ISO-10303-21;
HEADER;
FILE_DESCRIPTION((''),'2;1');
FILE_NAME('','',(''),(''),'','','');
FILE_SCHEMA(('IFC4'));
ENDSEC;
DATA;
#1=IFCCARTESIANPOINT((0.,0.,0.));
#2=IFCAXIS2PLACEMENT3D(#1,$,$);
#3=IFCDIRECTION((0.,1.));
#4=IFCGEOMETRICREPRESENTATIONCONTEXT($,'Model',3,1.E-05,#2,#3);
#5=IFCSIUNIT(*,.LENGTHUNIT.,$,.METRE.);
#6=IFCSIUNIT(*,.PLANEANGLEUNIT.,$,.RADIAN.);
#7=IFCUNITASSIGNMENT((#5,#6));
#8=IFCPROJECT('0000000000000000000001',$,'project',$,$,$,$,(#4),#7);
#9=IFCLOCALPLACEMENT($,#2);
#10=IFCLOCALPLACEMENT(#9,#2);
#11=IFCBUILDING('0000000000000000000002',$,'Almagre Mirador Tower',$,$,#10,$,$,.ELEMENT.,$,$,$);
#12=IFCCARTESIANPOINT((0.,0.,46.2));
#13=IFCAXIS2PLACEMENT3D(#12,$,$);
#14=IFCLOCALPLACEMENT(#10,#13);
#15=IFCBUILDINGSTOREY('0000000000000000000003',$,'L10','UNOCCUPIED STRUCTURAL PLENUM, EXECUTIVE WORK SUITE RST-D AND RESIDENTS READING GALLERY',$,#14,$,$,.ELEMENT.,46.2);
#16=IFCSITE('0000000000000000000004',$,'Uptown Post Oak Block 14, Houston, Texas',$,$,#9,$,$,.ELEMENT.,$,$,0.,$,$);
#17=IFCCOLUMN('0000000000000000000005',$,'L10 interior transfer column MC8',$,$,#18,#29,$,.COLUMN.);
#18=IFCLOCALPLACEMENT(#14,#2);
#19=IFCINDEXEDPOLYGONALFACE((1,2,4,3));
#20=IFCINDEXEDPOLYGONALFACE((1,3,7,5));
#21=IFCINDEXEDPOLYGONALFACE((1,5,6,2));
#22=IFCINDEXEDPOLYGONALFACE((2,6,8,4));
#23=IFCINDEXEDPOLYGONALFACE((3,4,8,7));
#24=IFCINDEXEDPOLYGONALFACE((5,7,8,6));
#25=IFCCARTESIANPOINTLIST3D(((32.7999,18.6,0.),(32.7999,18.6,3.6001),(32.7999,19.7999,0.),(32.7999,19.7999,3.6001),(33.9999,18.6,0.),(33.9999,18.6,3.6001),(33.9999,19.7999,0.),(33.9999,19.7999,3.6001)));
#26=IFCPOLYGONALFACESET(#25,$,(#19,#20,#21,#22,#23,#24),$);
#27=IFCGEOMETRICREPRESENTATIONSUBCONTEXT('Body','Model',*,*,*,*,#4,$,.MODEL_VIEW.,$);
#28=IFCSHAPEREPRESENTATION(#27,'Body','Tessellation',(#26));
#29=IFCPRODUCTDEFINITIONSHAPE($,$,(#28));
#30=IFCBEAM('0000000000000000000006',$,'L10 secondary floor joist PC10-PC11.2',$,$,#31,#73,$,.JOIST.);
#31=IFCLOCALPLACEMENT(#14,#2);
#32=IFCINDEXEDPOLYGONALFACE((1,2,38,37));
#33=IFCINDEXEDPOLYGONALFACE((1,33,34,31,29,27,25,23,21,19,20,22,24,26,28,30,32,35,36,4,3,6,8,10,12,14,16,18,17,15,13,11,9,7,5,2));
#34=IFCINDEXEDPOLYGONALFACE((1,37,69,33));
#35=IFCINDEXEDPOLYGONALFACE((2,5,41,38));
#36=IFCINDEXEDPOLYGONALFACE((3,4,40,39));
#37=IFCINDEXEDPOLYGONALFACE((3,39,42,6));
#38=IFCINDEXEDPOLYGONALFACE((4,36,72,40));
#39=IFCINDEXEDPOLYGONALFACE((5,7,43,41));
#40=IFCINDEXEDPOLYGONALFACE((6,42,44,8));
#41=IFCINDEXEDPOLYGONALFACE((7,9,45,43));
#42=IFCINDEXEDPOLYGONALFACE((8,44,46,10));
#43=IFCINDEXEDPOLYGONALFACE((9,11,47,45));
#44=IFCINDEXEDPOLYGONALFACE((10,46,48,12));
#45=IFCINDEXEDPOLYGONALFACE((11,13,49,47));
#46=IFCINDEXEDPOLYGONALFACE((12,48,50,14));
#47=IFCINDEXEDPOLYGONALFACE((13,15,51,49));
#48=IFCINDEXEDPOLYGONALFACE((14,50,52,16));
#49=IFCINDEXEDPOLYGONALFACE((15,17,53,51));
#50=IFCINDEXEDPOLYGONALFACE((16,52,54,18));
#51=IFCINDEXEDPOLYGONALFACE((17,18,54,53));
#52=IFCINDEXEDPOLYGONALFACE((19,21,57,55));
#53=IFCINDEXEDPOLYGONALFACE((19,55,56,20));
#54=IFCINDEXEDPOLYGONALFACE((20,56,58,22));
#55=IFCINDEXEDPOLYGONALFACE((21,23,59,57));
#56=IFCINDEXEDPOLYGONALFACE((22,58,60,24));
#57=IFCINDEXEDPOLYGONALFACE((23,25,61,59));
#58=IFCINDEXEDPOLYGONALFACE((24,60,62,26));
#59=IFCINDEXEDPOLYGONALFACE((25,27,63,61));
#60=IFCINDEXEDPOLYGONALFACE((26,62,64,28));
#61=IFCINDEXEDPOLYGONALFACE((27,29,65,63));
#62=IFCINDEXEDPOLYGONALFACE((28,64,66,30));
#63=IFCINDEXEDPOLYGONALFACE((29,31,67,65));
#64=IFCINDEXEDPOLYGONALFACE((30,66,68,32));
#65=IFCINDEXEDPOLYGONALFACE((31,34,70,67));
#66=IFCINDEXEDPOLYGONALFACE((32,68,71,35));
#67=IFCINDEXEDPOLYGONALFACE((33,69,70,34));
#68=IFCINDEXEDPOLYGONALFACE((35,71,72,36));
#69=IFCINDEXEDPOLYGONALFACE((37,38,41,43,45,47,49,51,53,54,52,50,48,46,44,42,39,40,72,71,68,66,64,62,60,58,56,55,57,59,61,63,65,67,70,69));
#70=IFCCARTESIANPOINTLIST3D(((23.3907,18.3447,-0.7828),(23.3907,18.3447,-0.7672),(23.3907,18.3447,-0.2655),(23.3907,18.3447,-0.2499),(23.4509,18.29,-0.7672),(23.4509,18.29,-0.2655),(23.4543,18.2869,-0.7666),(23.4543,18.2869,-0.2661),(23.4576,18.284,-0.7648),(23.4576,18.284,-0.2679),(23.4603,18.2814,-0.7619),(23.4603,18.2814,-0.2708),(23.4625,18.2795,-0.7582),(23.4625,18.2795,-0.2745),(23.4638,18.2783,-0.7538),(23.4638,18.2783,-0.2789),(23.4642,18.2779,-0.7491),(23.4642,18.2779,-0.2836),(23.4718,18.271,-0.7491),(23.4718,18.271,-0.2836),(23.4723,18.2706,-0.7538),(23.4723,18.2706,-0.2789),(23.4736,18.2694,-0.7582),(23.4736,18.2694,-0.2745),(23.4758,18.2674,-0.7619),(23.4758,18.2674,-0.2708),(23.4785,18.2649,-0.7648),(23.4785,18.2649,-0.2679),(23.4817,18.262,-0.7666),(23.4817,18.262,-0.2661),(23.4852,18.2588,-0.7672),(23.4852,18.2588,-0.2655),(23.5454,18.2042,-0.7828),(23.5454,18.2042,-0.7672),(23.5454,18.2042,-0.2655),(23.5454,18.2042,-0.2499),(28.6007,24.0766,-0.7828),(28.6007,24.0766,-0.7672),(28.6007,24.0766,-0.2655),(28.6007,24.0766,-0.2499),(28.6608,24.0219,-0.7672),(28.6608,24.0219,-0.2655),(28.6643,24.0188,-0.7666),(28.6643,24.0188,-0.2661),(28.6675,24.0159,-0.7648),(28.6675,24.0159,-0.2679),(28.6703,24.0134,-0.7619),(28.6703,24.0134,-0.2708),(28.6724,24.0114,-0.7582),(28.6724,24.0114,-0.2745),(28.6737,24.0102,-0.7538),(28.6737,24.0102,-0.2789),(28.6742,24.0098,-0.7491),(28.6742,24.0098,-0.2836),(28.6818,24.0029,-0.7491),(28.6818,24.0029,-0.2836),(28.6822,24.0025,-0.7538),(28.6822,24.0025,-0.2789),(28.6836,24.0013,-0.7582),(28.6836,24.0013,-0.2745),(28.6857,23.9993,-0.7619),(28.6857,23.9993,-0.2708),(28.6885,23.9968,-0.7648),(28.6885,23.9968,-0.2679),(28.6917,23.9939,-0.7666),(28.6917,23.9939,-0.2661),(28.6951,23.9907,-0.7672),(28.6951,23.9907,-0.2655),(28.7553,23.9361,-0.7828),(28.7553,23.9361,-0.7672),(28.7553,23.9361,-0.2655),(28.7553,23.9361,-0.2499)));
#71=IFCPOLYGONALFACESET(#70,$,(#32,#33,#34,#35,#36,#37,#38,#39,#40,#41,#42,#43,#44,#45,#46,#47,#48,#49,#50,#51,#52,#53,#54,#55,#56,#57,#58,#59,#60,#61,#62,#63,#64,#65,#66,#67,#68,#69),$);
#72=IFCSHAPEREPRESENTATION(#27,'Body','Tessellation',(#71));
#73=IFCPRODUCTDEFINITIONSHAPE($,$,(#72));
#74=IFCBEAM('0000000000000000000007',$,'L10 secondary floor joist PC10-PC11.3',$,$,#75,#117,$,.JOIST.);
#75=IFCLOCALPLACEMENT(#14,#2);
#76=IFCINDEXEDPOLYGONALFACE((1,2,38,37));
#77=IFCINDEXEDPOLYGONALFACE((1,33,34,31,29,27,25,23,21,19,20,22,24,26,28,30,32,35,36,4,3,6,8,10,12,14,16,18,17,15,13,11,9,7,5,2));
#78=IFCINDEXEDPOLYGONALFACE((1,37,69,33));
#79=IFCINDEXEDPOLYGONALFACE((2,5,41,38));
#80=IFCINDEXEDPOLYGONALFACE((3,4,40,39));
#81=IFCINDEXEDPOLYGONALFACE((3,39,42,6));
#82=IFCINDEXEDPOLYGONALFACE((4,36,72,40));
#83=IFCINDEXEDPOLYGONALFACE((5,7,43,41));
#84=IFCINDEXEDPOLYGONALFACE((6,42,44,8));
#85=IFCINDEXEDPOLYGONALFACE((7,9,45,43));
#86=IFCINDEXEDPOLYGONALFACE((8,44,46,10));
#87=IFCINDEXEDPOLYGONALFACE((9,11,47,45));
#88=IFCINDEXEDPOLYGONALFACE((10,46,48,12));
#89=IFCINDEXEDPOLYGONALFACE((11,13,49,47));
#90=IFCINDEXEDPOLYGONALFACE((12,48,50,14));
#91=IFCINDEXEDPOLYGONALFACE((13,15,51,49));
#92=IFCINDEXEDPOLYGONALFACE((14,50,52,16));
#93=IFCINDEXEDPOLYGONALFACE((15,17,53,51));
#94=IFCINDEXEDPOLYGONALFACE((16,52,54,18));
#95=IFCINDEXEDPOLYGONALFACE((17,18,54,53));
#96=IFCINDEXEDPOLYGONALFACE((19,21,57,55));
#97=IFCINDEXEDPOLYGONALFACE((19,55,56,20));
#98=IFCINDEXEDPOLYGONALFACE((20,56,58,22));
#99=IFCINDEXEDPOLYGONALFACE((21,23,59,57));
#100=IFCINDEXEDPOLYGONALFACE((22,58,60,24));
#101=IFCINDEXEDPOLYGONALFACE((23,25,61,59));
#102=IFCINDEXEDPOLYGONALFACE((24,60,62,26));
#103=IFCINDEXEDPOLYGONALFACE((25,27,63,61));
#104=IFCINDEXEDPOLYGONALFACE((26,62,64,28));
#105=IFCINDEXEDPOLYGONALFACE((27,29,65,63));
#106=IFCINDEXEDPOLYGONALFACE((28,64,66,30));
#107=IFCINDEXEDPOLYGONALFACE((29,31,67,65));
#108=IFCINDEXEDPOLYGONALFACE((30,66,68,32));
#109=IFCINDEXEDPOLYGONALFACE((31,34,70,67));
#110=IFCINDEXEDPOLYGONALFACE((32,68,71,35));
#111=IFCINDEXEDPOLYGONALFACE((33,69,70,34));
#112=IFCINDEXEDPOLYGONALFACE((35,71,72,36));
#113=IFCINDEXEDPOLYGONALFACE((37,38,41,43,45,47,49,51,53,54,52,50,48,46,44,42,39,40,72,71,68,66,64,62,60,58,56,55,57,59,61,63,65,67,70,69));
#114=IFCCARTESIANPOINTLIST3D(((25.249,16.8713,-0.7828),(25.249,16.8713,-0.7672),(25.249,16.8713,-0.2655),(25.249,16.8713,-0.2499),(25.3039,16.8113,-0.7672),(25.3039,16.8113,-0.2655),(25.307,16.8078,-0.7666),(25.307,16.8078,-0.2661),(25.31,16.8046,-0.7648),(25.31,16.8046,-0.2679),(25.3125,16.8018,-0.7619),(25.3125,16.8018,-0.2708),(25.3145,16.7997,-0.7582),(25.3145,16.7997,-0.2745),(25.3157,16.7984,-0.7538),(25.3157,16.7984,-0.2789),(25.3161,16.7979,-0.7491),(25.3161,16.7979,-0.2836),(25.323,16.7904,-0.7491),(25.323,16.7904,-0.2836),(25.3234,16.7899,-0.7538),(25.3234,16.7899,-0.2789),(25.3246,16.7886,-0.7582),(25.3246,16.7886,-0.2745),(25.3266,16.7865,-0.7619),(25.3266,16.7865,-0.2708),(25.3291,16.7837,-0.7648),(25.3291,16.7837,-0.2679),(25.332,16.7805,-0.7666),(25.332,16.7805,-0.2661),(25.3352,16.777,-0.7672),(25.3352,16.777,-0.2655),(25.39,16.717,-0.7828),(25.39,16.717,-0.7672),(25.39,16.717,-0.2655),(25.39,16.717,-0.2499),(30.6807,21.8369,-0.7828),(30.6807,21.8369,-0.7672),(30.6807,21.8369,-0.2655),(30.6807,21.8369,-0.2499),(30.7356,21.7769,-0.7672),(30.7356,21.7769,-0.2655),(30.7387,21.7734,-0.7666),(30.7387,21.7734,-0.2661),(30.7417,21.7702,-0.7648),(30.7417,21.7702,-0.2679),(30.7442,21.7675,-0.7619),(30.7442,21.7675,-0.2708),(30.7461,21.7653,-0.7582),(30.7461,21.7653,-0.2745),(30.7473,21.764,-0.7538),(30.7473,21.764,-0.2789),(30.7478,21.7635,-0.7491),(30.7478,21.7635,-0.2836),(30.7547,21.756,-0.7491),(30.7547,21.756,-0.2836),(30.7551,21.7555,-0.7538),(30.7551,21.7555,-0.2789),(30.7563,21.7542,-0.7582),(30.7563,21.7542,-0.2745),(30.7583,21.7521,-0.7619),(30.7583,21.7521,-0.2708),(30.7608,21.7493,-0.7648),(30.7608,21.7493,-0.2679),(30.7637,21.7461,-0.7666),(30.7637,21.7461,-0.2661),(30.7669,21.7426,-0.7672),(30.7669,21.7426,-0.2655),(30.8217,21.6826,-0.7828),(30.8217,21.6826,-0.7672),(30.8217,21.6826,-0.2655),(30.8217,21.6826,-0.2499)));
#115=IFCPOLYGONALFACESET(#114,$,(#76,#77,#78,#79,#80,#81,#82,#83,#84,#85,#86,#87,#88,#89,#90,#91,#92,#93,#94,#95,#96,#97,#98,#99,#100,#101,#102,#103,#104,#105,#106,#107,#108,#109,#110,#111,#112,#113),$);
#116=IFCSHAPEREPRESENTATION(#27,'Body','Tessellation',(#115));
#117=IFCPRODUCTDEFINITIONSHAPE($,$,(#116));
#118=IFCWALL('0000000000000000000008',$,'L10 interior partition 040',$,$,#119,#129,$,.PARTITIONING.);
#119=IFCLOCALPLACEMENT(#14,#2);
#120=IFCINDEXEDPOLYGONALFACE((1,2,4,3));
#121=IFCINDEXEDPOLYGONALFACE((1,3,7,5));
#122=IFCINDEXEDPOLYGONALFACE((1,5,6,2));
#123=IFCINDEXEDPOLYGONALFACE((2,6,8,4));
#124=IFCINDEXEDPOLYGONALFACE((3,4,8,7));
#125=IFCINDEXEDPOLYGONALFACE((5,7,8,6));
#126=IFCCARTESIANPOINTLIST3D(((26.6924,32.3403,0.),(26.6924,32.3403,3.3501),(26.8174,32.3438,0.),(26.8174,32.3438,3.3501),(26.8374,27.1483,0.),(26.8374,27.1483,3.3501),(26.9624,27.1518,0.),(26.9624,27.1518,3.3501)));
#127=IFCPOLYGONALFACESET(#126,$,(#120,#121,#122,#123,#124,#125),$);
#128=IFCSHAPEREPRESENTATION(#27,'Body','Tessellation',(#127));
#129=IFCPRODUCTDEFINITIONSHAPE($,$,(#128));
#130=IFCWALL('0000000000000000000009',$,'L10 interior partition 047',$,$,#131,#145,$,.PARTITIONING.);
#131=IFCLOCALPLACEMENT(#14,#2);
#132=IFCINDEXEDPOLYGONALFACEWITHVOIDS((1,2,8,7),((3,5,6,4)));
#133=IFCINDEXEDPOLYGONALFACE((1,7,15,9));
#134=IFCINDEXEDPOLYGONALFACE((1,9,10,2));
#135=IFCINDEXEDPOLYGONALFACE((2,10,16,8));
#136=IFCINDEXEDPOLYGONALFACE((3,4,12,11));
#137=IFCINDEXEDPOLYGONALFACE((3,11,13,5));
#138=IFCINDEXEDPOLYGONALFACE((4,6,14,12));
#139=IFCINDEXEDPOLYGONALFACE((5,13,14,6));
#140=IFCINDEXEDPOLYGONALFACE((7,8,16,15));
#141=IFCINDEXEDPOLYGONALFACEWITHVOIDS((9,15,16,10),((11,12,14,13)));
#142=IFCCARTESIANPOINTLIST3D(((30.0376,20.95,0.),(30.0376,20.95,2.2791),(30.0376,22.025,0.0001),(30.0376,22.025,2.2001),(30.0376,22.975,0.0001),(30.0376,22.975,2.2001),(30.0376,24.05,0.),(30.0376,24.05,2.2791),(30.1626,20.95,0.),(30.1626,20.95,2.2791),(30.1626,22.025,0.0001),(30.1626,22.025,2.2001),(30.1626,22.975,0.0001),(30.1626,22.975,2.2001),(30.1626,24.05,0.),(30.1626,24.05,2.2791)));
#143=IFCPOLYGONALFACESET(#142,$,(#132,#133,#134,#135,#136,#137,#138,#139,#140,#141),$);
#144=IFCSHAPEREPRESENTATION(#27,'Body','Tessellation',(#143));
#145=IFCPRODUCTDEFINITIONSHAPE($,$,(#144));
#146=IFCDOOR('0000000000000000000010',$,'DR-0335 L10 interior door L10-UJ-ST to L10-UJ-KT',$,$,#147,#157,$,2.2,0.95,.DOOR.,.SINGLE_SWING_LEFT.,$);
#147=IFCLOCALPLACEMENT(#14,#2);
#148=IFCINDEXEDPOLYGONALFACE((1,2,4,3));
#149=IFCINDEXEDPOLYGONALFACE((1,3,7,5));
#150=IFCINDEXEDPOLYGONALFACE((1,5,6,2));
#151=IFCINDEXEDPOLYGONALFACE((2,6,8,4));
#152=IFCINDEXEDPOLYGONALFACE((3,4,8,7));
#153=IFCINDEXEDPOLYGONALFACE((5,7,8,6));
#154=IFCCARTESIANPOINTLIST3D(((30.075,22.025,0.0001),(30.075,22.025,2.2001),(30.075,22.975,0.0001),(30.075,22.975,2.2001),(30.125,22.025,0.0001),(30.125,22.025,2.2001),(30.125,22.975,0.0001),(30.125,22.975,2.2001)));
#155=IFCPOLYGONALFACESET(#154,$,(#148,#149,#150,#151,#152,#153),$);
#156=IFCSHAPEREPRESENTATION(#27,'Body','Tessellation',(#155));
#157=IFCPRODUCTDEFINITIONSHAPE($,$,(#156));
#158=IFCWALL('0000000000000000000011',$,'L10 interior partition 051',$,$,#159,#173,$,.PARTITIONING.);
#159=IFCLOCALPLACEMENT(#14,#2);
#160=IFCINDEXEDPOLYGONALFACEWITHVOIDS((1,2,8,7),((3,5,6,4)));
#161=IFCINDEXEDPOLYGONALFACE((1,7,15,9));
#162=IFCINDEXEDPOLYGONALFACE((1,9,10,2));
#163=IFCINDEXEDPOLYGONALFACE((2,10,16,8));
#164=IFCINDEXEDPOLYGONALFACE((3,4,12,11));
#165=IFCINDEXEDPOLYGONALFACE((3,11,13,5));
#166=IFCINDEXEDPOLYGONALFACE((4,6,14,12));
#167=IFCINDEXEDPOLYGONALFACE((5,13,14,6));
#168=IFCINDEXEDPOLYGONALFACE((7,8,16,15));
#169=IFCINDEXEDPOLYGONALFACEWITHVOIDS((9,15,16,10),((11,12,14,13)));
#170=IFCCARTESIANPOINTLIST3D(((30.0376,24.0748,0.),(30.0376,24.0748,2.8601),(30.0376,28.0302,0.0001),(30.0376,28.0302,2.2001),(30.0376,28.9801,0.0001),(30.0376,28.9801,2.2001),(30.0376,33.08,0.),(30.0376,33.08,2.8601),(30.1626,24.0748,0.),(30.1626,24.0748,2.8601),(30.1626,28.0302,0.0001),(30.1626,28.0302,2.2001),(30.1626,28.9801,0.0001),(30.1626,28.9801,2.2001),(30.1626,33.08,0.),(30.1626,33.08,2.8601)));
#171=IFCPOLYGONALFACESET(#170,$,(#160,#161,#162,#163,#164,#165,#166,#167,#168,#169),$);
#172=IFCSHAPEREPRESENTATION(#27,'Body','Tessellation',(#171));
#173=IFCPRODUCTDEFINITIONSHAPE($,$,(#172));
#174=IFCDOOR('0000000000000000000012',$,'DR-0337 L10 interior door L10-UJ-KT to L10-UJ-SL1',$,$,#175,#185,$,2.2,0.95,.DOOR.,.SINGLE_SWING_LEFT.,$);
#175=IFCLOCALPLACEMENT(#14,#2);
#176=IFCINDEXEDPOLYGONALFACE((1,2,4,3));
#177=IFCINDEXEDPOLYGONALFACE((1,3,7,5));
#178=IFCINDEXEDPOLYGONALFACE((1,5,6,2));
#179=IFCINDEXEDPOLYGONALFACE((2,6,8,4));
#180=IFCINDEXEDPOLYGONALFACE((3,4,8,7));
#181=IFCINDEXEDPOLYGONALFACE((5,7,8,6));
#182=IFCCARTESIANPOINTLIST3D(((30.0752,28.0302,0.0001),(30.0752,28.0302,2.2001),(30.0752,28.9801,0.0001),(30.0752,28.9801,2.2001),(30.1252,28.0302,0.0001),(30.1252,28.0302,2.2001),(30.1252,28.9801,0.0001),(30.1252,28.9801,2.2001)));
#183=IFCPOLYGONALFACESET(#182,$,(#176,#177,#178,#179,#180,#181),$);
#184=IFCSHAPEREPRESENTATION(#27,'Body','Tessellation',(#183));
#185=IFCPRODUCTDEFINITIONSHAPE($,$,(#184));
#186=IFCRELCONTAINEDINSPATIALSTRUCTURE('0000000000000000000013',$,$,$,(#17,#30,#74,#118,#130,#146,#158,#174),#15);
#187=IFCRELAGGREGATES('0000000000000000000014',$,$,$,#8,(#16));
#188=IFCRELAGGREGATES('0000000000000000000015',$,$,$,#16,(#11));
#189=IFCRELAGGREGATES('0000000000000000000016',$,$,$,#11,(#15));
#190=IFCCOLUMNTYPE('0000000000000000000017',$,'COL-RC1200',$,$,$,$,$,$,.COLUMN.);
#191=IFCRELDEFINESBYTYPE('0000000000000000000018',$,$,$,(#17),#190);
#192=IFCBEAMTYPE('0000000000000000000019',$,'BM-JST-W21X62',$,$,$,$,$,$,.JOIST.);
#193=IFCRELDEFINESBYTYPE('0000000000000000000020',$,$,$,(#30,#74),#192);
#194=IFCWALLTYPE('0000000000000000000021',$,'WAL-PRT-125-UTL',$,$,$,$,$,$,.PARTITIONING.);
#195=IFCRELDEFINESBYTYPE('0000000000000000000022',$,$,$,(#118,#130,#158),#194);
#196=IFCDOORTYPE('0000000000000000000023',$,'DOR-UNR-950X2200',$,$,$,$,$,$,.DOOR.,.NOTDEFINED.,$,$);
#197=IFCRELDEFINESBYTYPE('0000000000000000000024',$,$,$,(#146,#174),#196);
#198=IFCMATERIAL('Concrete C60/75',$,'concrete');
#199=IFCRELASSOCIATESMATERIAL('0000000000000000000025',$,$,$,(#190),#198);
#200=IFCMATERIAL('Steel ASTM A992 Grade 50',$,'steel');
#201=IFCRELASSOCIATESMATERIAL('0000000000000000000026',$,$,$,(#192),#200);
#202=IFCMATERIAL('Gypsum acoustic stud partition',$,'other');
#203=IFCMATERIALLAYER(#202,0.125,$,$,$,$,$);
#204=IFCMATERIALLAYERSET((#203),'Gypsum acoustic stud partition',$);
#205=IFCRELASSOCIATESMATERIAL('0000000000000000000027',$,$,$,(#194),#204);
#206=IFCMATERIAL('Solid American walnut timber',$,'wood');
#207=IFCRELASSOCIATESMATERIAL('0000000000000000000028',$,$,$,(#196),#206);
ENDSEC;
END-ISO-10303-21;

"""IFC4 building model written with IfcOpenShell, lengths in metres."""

from ifc_helpers import new_model, si_unit, direction, frame, frame_2d, origin, origin_2d, place, context, subcontext, project, spatial, rectangle, i_section, extrude, material, layer, layer_set, material_profile, profile_set, type_object, element, fill, save


model = new_model("IFC4")

# Units and contexts
model_context = context("Model", 3, precision=1e-05, world=origin(), true_north=direction((0.0, 1.0)))
body_context = subcontext(model_context, "Body", "Model", "MODEL_VIEW")
ifc_project = project(units=[si_unit("LENGTHUNIT", "METRE"), si_unit("PLANEANGLEUNIT", "RADIAN")], contexts=[model_context])

# Site, building, storey
site_placement = place(None, origin())
site = spatial("IfcSite", under=ifc_project, at=site_placement, Name="Uptown Post Oak Block 14, Houston, Texas", CompositionType="ELEMENT", RefElevation=0.0)
building_placement = place(site_placement, origin())
building = spatial("IfcBuilding", under=site, at=building_placement, Name="Almagre Mirador Tower", CompositionType="ELEMENT")
storey_placement = place(building_placement, frame((0.0, 0.0, 46.2)))
storey = spatial("IfcBuildingStorey", under=building, at=storey_placement, Name="L10", Description="UNOCCUPIED STRUCTURAL PLENUM, EXECUTIVE WORK SUITE RST-D AND RESIDENTS READING GALLERY", CompositionType="ELEMENT", Elevation=46.2)

# Column
ifc_material_1 = material(Name="Concrete C60/75", Category="concrete")
ifc_material_profile_1 = material_profile(ifc_material_1, rectangle(XDim=1.2, YDim=1.2, at=origin_2d()), Name="RC1200X1200")
ifc_profile_set_1 = profile_set([ifc_material_profile_1], Name="Concrete C60/75")
column_type = type_object("IfcColumnType", Name="COL-RC1200", PredefinedType="COLUMN", material=ifc_profile_set_1)
column_placement = place(storey_placement, frame((33.3999, 19.2, 0.0), z_axis=(0.0, 0.0, 1.0), x_axis=(1.0, 0.0, 0.0)))
element("IfcColumn", 1, at=column_placement, inside=storey, type_object=column_type, Name="L10 interior transfer column MC8", PredefinedType="COLUMN", context=body_context, shape_type="SweptSolid", body=[
    extrude(rectangle(XDim=1.2, YDim=1.2, at=origin_2d()), origin(), (0.0, 0.0, 1.0), 3.6001),
])

# Beams
ifc_material_2 = material(Name="Steel ASTM A992 Grade 50", Category="steel")
ifc_material_profile_2 = material_profile(ifc_material_2, i_section(OverallWidth=0.209, OverallDepth=0.533, WebThickness=0.0103, FlangeThickness=0.0156, FilletRadius=0.0181, at=origin_2d()), Name="W21X62")
ifc_profile_set_2 = profile_set([ifc_material_profile_2], Name="Steel ASTM A992 Grade 50")
beam_type = type_object("IfcBeamType", Name="BM-JST-W21X62", PredefinedType="JOIST", material=ifc_profile_set_2)
beam_1_placement = place(storey_placement, frame((28.678, 24.0063, -0.5164), z_axis=(-0.67261, -0.739997, 0.0), x_axis=(0.739997, -0.67261, 0.0)))
element("IfcBeam", 2, at=beam_1_placement, inside=storey, type_object=beam_type, Name="L10 secondary floor joist PC10-PC11.2", PredefinedType="JOIST", context=body_context, shape_type="SweptSolid", body=[
    extrude(i_section(OverallWidth=0.209, OverallDepth=0.533, WebThickness=0.0103, FlangeThickness=0.0156, FilletRadius=0.0181, at=origin_2d()), origin(), (0.0, 0.0, 1.0), 7.7458),
])
beam_2_placement = place(storey_placement, frame((30.7512, 21.7598, -0.5164), z_axis=(-0.738062, -0.674733, 0.0), x_axis=(0.674733, -0.738062, 0.0)))
element("IfcBeam", 3, at=beam_2_placement, inside=storey, type_object=beam_type, Name="L10 secondary floor joist PC10-PC11.3", PredefinedType="JOIST", context=body_context, shape_type="SweptSolid", body=[
    extrude(i_section(OverallWidth=0.209, OverallDepth=0.533, WebThickness=0.0103, FlangeThickness=0.0156, FilletRadius=0.0181, at=origin_2d()), origin(), (0.0, 0.0, 1.0), 7.3594),
])

# Wall
ifc_material_3 = material(Name="Gypsum acoustic stud partition", Category="other")
ifc_layer_1 = layer(ifc_material_3, 0.125)
ifc_layer_set_1 = layer_set([ifc_layer_1], Name="Gypsum acoustic stud partition")
wall_type_1 = type_object("IfcWallType", Name="WAL-PRT-125-UTL", PredefinedType="PARTITIONING", material=ifc_layer_set_1)
wall_1_placement = place(storey_placement, frame((26.8999, 27.1499, 0.0), z_axis=(0.0, 0.0, 1.0), x_axis=(-0.02792, 0.99961, 0.0)))
element("IfcWall", 4, at=wall_1_placement, inside=storey, type_object=wall_type_1, Name="L10 interior partition 040", PredefinedType="PARTITIONING", context=body_context, shape_type="SweptSolid", body=[
    extrude(rectangle(XDim=5.1941, YDim=0.125, at=frame_2d((2.5972, 0.0))), origin(), (0.0, 0.0, 1.0), 3.3501),
])

# Walls, openings, doors
wall_2_placement = place(storey_placement, frame((30.1001, 24.05, 0.0), z_axis=(0.0, 0.0, 1.0), x_axis=(0.0, -1.0, 0.0)))
wall_2 = element("IfcWall", 5, at=wall_2_placement, inside=storey, type_object=wall_type_1, Name="L10 interior partition 047", PredefinedType="PARTITIONING", context=body_context, shape_type="SweptSolid", body=[
    extrude(rectangle(XDim=3.1001, YDim=0.125, at=frame_2d((1.55, 0.0))), origin(), (0.0, 0.0, 1.0), 2.2791),
])
opening_1_placement = place(wall_2_placement, frame((1.075, 0.0, 0.0)))
opening_1 = element("IfcOpeningElement", 6, at=opening_1_placement, cuts=wall_2, PredefinedType="OPENING", context=body_context, shape_type="SweptSolid", body=[
    extrude(rectangle(XDim=0.95, YDim=2.2, at=frame_2d((0.4751, 1.1001))), frame((0.0, 0.0725, 0.0), z_axis=(0.0, -1.0, 0.0), x_axis=(1.0, 0.0, 0.0)), (0.0, 0.0, 1.0), 0.145),
])
ifc_material_4 = material(Name="Solid American walnut timber", Category="wood")
door_type_1 = type_object("IfcDoorType", Name="DOR-UNR-950X2200", OperationType="NOTDEFINED", PredefinedType="DOOR", material=ifc_material_4)
door_1_placement = place(opening_1_placement, origin())
door_1 = element("IfcDoor", 7, at=door_1_placement, inside=storey, type_object=door_type_1, Name="DR-0335 L10 interior door L10-UJ-ST to L10-UJ-KT", OperationType="SINGLE_SWING_LEFT", OverallHeight=2.2, OverallWidth=0.95, PredefinedType="DOOR", context=body_context, shape_type="SweptSolid", body=[
    extrude(rectangle(XDim=0.95, YDim=2.2, at=frame_2d((0.4751, 1.1001))), frame((0.0, 0.0249, 0.0), z_axis=(0.0, -1.0, 0.0), x_axis=(1.0, 0.0, 0.0)), (0.0, 0.0, 1.0), 0.05),
])
fill(opening_1, door_1)
wall_3_placement = place(storey_placement, frame((30.1001, 24.075, 0.0), z_axis=(0.0, 0.0, 1.0), x_axis=(0.0, 1.0, 0.0)))
wall_3 = element("IfcWall", 8, at=wall_3_placement, inside=storey, type_object=wall_type_1, Name="L10 interior partition 051", PredefinedType="PARTITIONING", context=body_context, shape_type="SweptSolid", body=[
    extrude(rectangle(XDim=9.0051, YDim=0.125, at=frame_2d((4.5024, 0.0))), origin(), (0.0, 0.0, 1.0), 2.8601),
])
opening_2_placement = place(wall_3_placement, frame((3.9551, 0.0, 0.0)))
opening_2 = element("IfcOpeningElement", 9, at=opening_2_placement, cuts=wall_3, PredefinedType="OPENING", context=body_context, shape_type="SweptSolid", body=[
    extrude(rectangle(XDim=0.95, YDim=2.2, at=frame_2d((0.4751, 1.1001))), frame((0.0, 0.0725, 0.0), z_axis=(0.0, -1.0, 0.0), x_axis=(1.0, 0.0, 0.0)), (0.0, 0.0, 1.0), 0.145),
])
door_2_placement = place(opening_2_placement, origin())
door_2 = element("IfcDoor", 10, at=door_2_placement, inside=storey, type_object=door_type_1, Name="DR-0337 L10 interior door L10-UJ-KT to L10-UJ-SL1", OperationType="SINGLE_SWING_LEFT", OverallHeight=2.2, OverallWidth=0.95, PredefinedType="DOOR", context=body_context, shape_type="SweptSolid", body=[
    extrude(rectangle(XDim=0.95, YDim=2.2, at=frame_2d((0.4751, 1.1001))), frame((0.0, 0.0249, 0.0), z_axis=(0.0, -1.0, 0.0), x_axis=(1.0, 0.0, 0.0)), (0.0, 0.0, 1.0), 0.05),
])
fill(opening_2, door_2)

save(model, "model.ifc")
